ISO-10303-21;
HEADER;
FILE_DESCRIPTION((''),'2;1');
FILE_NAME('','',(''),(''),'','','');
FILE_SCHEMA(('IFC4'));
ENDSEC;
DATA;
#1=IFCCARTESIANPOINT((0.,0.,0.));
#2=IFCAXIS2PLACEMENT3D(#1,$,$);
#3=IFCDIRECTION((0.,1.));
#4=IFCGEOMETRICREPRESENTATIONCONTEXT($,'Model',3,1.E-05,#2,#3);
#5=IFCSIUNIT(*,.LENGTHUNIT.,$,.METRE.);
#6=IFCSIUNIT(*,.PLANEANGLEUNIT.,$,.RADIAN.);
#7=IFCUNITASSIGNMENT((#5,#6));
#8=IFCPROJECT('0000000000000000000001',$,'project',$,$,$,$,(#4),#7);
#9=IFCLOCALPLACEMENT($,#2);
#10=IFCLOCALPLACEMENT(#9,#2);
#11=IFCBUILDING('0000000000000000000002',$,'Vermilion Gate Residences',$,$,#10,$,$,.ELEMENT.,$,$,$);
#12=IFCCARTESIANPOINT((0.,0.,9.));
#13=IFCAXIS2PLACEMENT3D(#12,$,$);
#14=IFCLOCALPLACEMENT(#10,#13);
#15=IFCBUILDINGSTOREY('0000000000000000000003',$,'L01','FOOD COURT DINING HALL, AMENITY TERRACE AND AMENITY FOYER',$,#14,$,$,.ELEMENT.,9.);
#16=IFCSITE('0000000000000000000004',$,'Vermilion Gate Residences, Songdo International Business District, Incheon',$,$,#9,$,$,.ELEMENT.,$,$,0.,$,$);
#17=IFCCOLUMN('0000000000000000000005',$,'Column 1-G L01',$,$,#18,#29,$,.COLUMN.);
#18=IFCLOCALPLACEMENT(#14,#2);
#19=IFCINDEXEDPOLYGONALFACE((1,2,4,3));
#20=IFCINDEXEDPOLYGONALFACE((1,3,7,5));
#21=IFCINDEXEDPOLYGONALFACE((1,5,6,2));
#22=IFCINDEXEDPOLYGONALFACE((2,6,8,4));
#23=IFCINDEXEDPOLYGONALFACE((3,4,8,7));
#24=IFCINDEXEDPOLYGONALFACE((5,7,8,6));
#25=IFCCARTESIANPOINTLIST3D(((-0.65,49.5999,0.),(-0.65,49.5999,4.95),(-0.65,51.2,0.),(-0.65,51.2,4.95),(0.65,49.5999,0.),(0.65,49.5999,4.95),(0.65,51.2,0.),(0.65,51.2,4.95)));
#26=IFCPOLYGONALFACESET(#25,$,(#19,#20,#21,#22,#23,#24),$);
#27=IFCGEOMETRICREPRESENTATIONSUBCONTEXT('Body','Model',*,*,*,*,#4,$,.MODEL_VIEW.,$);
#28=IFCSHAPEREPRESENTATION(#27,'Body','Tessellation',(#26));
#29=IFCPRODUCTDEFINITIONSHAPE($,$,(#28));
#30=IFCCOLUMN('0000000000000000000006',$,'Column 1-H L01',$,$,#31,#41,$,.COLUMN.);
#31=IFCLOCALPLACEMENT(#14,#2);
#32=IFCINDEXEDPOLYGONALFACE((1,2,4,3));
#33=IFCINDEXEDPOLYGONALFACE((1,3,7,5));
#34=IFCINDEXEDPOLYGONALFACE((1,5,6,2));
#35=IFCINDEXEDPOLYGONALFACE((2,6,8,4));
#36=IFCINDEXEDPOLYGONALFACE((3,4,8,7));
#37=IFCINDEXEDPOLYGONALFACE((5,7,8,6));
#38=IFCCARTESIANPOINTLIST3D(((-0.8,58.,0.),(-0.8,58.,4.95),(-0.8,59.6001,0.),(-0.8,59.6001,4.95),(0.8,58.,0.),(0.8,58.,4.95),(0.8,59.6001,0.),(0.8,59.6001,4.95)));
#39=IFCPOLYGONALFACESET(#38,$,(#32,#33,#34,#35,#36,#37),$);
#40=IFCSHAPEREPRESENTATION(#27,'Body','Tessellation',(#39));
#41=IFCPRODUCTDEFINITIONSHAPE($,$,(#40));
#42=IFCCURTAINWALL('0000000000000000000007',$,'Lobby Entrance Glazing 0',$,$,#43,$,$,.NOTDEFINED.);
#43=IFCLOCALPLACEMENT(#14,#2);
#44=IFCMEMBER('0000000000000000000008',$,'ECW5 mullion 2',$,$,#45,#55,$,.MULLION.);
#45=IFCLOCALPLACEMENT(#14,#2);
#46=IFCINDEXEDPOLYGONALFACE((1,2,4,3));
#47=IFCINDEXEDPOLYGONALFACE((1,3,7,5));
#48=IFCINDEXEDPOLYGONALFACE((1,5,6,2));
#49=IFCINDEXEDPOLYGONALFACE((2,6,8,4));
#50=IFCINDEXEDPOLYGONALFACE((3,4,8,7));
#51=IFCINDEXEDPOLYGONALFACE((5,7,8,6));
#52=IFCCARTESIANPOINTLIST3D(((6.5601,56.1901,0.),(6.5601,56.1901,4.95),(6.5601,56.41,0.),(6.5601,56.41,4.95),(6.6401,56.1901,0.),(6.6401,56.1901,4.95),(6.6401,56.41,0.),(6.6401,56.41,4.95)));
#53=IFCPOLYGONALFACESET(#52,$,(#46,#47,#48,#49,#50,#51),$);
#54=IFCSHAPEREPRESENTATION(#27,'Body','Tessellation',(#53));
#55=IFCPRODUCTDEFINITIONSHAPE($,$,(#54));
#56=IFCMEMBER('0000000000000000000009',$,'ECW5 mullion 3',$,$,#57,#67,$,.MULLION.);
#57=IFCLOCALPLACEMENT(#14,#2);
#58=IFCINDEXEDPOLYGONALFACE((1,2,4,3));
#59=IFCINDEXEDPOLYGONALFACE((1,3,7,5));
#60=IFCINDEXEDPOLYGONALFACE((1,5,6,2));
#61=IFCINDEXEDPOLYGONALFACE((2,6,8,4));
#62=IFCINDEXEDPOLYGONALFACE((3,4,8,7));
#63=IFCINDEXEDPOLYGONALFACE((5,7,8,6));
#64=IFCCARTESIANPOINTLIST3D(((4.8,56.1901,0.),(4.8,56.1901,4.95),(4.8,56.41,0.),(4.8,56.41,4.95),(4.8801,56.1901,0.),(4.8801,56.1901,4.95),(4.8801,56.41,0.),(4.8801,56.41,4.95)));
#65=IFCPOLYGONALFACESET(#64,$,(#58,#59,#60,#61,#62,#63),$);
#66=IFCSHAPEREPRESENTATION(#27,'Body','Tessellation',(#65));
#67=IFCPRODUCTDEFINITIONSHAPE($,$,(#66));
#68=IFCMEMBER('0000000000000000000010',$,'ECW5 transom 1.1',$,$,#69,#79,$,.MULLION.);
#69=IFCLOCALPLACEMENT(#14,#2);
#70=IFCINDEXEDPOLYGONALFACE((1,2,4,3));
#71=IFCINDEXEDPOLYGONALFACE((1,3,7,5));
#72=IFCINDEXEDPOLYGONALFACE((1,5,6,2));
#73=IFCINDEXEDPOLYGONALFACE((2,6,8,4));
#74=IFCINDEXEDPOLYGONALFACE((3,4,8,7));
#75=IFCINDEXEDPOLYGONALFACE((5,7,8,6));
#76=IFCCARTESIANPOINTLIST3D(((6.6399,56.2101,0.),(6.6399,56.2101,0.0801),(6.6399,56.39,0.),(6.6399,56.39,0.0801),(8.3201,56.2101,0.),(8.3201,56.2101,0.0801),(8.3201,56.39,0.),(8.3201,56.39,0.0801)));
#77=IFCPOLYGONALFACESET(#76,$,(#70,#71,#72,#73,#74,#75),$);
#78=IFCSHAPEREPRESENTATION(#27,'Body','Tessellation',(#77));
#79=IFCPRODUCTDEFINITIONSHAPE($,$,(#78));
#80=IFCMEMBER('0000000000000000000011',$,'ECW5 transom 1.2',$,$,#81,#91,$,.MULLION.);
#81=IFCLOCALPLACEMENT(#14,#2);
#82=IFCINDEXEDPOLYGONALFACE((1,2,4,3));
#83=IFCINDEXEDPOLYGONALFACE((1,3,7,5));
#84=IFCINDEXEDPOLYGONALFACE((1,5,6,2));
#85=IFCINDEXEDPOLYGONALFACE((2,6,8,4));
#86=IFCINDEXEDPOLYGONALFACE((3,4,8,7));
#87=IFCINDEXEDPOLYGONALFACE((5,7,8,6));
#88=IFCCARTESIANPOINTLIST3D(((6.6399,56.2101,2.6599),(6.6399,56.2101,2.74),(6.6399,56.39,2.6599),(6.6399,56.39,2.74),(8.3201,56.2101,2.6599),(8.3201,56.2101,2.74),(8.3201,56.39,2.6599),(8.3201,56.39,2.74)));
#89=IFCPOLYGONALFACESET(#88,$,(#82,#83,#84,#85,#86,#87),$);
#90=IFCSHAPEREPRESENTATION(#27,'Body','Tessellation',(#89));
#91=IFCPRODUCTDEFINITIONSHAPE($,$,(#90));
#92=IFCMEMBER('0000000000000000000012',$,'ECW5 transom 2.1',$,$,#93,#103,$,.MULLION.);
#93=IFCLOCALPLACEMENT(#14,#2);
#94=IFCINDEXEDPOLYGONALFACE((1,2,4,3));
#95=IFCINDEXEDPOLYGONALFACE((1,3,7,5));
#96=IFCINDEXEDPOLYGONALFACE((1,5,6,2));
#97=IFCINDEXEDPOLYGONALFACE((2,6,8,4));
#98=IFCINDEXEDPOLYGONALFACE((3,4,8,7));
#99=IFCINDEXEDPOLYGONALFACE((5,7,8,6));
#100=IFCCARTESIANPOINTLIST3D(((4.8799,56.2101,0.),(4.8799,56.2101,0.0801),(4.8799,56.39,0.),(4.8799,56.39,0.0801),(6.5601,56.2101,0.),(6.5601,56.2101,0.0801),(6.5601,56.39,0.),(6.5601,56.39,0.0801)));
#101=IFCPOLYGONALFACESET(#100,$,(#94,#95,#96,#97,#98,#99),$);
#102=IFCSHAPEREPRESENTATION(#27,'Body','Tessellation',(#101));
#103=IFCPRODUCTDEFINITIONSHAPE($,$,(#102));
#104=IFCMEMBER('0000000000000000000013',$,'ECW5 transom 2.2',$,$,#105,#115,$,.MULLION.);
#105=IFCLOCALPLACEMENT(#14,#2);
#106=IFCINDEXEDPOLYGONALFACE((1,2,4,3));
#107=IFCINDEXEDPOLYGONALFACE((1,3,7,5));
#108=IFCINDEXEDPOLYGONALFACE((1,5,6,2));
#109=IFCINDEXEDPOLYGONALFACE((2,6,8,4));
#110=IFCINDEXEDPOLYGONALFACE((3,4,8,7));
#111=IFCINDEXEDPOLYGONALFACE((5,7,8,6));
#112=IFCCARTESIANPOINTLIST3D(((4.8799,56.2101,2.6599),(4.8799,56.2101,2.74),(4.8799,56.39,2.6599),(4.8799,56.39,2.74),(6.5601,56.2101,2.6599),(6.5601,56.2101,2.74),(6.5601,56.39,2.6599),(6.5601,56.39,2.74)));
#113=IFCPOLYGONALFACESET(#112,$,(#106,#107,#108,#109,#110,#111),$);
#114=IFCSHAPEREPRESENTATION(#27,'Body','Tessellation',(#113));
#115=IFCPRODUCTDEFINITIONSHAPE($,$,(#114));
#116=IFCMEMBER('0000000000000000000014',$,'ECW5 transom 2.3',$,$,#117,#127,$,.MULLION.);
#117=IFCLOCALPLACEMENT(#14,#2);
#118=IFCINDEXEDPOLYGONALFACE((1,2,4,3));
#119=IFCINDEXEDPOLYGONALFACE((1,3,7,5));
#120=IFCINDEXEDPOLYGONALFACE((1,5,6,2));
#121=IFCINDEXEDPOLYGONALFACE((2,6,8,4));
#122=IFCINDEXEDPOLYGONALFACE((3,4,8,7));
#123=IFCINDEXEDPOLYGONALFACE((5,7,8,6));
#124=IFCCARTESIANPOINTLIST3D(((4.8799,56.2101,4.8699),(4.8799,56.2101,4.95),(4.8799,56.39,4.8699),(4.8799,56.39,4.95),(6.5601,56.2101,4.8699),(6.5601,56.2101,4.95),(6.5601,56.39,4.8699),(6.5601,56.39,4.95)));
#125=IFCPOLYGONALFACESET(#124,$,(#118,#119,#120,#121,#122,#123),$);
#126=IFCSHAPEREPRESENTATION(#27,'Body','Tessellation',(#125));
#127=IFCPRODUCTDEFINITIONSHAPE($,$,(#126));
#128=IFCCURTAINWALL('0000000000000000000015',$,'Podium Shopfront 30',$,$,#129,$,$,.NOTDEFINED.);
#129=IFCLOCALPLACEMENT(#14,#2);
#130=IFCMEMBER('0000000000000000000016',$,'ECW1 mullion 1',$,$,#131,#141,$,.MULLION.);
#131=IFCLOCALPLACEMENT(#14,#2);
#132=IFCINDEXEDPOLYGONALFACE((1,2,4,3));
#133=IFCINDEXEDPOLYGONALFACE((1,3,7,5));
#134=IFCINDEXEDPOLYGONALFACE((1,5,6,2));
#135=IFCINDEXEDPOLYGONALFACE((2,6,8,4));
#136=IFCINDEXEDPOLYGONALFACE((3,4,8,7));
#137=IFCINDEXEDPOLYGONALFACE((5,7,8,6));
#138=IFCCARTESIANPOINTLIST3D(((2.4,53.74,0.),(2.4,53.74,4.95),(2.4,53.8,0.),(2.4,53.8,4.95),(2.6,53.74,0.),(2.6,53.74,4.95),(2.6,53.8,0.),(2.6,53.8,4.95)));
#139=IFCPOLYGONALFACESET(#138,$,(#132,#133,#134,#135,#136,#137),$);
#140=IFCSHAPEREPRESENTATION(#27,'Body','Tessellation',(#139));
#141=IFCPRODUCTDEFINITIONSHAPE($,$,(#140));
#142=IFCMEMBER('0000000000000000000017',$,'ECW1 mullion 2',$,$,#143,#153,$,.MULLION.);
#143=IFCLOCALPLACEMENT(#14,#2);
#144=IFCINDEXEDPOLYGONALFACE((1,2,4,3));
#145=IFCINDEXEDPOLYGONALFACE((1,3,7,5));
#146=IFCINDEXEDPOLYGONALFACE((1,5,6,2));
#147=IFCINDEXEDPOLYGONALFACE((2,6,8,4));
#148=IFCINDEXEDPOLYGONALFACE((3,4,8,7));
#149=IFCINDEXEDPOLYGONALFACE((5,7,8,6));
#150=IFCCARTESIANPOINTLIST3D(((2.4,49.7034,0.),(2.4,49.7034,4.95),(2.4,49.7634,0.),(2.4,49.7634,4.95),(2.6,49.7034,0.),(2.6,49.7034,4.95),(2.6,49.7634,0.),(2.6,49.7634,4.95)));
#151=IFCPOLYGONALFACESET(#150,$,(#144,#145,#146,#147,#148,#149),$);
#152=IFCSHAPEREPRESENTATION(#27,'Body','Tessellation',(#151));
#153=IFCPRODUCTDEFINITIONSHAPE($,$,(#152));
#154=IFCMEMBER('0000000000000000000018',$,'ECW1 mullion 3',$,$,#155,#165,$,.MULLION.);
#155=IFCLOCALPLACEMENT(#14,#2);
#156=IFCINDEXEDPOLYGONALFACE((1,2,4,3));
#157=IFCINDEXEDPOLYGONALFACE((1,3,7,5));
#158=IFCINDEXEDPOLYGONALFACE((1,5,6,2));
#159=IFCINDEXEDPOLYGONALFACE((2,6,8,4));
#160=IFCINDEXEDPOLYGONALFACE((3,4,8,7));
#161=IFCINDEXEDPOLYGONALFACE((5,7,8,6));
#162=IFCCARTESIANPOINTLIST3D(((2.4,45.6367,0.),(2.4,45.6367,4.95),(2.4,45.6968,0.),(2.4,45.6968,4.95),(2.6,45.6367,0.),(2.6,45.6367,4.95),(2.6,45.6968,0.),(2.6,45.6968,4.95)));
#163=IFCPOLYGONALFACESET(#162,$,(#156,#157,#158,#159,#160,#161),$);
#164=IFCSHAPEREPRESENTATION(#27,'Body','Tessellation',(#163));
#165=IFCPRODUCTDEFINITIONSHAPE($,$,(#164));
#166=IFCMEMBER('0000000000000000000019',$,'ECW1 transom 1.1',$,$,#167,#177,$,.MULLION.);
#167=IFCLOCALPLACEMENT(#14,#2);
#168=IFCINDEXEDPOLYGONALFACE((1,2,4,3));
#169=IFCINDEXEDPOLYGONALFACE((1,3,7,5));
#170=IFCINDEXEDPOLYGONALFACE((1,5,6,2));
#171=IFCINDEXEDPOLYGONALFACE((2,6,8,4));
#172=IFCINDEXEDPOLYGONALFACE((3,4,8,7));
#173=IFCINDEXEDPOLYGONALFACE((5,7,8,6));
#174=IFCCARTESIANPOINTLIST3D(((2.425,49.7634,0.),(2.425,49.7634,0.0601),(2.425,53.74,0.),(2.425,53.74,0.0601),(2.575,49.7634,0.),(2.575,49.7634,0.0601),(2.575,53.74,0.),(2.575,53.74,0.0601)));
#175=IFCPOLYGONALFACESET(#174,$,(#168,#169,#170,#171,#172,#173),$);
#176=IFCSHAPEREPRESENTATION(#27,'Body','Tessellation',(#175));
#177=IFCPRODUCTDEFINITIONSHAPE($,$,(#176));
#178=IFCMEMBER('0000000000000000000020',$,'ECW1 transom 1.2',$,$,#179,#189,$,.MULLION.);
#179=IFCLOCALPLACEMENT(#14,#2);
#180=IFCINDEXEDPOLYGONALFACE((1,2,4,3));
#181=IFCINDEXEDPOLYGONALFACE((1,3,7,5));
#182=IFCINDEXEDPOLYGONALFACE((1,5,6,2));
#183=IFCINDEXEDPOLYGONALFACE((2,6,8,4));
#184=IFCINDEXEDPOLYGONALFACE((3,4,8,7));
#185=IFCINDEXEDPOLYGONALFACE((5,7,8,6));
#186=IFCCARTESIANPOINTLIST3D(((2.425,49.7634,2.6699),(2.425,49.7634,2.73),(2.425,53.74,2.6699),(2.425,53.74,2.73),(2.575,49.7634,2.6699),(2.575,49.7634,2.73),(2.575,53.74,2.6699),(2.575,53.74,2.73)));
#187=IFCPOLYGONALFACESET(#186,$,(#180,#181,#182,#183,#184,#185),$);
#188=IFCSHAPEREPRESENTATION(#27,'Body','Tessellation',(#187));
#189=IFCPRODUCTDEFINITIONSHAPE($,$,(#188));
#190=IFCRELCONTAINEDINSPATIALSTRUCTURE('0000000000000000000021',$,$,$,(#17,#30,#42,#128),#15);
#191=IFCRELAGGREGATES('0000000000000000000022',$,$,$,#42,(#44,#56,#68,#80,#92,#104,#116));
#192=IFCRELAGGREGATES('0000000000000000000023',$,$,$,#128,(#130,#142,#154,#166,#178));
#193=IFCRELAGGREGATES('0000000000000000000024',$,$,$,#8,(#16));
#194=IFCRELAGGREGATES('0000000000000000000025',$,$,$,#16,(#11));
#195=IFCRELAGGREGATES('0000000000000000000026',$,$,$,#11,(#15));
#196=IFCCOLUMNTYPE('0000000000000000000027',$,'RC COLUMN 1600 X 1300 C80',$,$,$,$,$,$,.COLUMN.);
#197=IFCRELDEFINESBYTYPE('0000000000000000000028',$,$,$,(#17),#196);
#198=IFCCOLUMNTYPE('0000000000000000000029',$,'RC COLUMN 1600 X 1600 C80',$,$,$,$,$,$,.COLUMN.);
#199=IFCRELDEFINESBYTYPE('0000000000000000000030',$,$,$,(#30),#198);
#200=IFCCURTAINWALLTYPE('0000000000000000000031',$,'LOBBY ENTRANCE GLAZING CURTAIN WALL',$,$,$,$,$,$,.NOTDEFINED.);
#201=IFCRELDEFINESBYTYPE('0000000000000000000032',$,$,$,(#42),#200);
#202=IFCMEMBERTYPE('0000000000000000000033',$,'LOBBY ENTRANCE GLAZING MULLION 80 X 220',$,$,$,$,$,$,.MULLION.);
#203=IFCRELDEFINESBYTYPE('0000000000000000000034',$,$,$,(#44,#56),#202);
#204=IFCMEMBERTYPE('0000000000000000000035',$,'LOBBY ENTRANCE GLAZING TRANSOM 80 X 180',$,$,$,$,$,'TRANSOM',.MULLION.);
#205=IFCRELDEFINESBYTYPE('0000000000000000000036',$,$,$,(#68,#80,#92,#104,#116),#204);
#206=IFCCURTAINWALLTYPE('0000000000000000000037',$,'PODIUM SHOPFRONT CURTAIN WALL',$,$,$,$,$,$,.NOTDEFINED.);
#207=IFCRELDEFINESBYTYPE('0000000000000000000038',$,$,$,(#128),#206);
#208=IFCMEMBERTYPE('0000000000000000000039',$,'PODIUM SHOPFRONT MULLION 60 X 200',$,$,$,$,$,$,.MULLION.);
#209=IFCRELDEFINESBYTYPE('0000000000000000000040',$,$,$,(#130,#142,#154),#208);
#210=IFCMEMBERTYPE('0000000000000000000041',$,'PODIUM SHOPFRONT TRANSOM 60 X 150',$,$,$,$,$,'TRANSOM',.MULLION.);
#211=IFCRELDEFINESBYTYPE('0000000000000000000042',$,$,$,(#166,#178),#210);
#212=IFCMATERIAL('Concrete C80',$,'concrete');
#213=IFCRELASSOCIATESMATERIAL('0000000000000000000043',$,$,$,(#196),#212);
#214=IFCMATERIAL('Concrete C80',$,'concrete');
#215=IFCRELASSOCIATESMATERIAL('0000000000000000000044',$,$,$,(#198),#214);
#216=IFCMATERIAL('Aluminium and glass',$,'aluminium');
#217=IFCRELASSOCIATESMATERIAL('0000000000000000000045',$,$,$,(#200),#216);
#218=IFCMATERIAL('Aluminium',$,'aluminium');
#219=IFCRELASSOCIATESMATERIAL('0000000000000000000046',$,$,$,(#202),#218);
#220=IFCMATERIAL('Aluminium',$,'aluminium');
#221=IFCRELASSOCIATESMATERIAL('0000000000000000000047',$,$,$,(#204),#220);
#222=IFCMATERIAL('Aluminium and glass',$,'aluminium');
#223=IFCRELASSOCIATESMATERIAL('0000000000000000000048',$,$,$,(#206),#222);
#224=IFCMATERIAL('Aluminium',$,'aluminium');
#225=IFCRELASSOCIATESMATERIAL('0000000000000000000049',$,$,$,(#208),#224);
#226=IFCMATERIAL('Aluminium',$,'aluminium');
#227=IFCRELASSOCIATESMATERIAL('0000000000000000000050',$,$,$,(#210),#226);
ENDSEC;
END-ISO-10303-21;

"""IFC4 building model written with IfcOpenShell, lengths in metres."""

from ifc_helpers import new_model, si_unit, direction, frame, origin, origin_2d, place, context, subcontext, project, spatial, rectangle, extrude, material, material_profile, profile_set, type_object, element, aggregate, save


model = new_model("IFC4")

# Units and contexts
model_context = context("Model", 3, precision=1e-05, world=origin(), true_north=direction((0.0, 1.0)))
body_context = subcontext(model_context, "Body", "Model", "MODEL_VIEW")
ifc_project = project(units=[si_unit("LENGTHUNIT", "METRE"), si_unit("PLANEANGLEUNIT", "RADIAN")], contexts=[model_context])

# Site, building, storey
site_placement = place(None, origin())
site = spatial("IfcSite", under=ifc_project, at=site_placement, Name="Vermilion Gate Residences, Songdo International Business District, Incheon", CompositionType="ELEMENT", RefElevation=0.0)
building_placement = place(site_placement, origin())
building = spatial("IfcBuilding", under=site, at=building_placement, Name="Vermilion Gate Residences", CompositionType="ELEMENT")
storey_placement = place(building_placement, frame((0.0, 0.0, 9.0)))
storey = spatial("IfcBuildingStorey", under=building, at=storey_placement, Name="L01", Description="FOOD COURT DINING HALL, AMENITY TERRACE AND AMENITY FOYER", CompositionType="ELEMENT", Elevation=9.0)

# Columns
ifc_material_1 = material(Name="Concrete C80", Category="concrete")
ifc_material_profile_1 = material_profile(ifc_material_1, rectangle(XDim=1.6001, YDim=1.3, at=origin_2d()), Name="RC-1600x1300")
ifc_profile_set_1 = profile_set([ifc_material_profile_1], Name="Concrete C80")
column_type_1 = type_object("IfcColumnType", Name="RC COLUMN 1600 X 1300 C80", PredefinedType="COLUMN", material=ifc_profile_set_1)
column_1_placement = place(storey_placement, frame((0.0, 50.3999, 0.0), z_axis=(0.0, 0.0, 1.0), x_axis=(0.0, 1.0, 0.0)))
element("IfcColumn", 1, at=column_1_placement, inside=storey, type_object=column_type_1, Name="Column 1-G L01", PredefinedType="COLUMN", context=body_context, shape_type="SweptSolid", body=[
    extrude(rectangle(XDim=1.6001, YDim=1.3, at=origin_2d()), origin(), (0.0, 0.0, 1.0), 4.95),
])
ifc_material_2 = material(Name="Concrete C80", Category="concrete")
ifc_material_profile_2 = material_profile(ifc_material_2, rectangle(XDim=1.6001, YDim=1.6001, at=origin_2d()), Name="RC-1600x1600")
ifc_profile_set_2 = profile_set([ifc_material_profile_2], Name="Concrete C80")
column_type_2 = type_object("IfcColumnType", Name="RC COLUMN 1600 X 1600 C80", PredefinedType="COLUMN", material=ifc_profile_set_2)
column_2_placement = place(storey_placement, frame((0.0, 58.8, 0.0), z_axis=(0.0, 0.0, 1.0), x_axis=(1.0, 0.0, 0.0)))
element("IfcColumn", 2, at=column_2_placement, inside=storey, type_object=column_type_2, Name="Column 1-H L01", PredefinedType="COLUMN", context=body_context, shape_type="SweptSolid", body=[
    extrude(rectangle(XDim=1.6001, YDim=1.6001, at=origin_2d()), origin(), (0.0, 0.0, 1.0), 4.95),
])

# Curtain walls, members
ifc_material_3 = material(Name="Aluminium and glass", Category="aluminium")
curtain_wall_type_1 = type_object("IfcCurtainWallType", Name="LOBBY ENTRANCE GLAZING CURTAIN WALL", PredefinedType="NOTDEFINED", material=ifc_material_3)
curtain_wall_1_placement = place(storey_placement, origin())
curtain_wall_1 = element("IfcCurtainWall", 3, at=curtain_wall_1_placement, inside=storey, type_object=curtain_wall_type_1, Name="Lobby Entrance Glazing 0", PredefinedType="NOTDEFINED")
ifc_material_4 = material(Name="Aluminium", Category="aluminium")
ifc_material_profile_3 = material_profile(ifc_material_4, rectangle(XDim=0.22, YDim=0.0801, at=origin_2d()), Name="MULLION 80 X 220")
ifc_profile_set_3 = profile_set([ifc_material_profile_3], Name="Aluminium")
member_type_1 = type_object("IfcMemberType", Name="LOBBY ENTRANCE GLAZING MULLION 80 X 220", PredefinedType="MULLION", material=ifc_profile_set_3)
member_1_placement = place(storey_placement, frame((6.6001, 56.3, 0.0), z_axis=(0.0, 0.0, 1.0), x_axis=(0.0, -1.0, 0.0)))
member_1 = element("IfcMember", 4, at=member_1_placement, type_object=member_type_1, Name="ECW5 mullion 2", PredefinedType="MULLION", context=body_context, shape_type="SweptSolid", body=[
    extrude(rectangle(XDim=0.22, YDim=0.0801, at=origin_2d()), origin(), (0.0, 0.0, 1.0), 4.95),
])
member_2_placement = place(storey_placement, frame((4.8401, 56.3, 0.0), z_axis=(0.0, 0.0, 1.0), x_axis=(0.0, -1.0, 0.0)))
member_2 = element("IfcMember", 5, at=member_2_placement, type_object=member_type_1, Name="ECW5 mullion 3", PredefinedType="MULLION", context=body_context, shape_type="SweptSolid", body=[
    extrude(rectangle(XDim=0.22, YDim=0.0801, at=origin_2d()), origin(), (0.0, 0.0, 1.0), 4.95),
])
ifc_material_5 = material(Name="Aluminium", Category="aluminium")
ifc_material_profile_4 = material_profile(ifc_material_5, rectangle(XDim=0.1799, YDim=0.0801, at=origin_2d()), Name="TRANSOM 80 X 180")
ifc_profile_set_4 = profile_set([ifc_material_profile_4], Name="Aluminium")
member_type_2 = type_object("IfcMemberType", Name="LOBBY ENTRANCE GLAZING TRANSOM 80 X 180", ElementType="TRANSOM", PredefinedType="MULLION", material=ifc_profile_set_4)
member_3_placement = place(storey_placement, frame((8.3201, 56.3, 0.04), z_axis=(-1.0, 0.0, 0.0), x_axis=(0.0, -1.0, 0.0)))
member_3 = element("IfcMember", 6, at=member_3_placement, type_object=member_type_2, Name="ECW5 transom 1.1", PredefinedType="MULLION", context=body_context, shape_type="SweptSolid", body=[
    extrude(rectangle(XDim=0.1799, YDim=0.0801, at=origin_2d()), origin(), (0.0, 0.0, 1.0), 1.6802),
])
member_4_placement = place(storey_placement, frame((8.3201, 56.3, 2.7), z_axis=(-1.0, 0.0, 0.0), x_axis=(0.0, -1.0, 0.0)))
member_4 = element("IfcMember", 7, at=member_4_placement, type_object=member_type_2, Name="ECW5 transom 1.2", PredefinedType="MULLION", context=body_context, shape_type="SweptSolid", body=[
    extrude(rectangle(XDim=0.1799, YDim=0.0801, at=origin_2d()), origin(), (0.0, 0.0, 1.0), 1.6802),
])
member_5_placement = place(storey_placement, frame((6.5601, 56.3, 0.04), z_axis=(-1.0, 0.0, 0.0), x_axis=(0.0, -1.0, 0.0)))
member_5 = element("IfcMember", 8, at=member_5_placement, type_object=member_type_2, Name="ECW5 transom 2.1", PredefinedType="MULLION", context=body_context, shape_type="SweptSolid", body=[
    extrude(rectangle(XDim=0.1799, YDim=0.0801, at=origin_2d()), origin(), (0.0, 0.0, 1.0), 1.6802),
])
member_6_placement = place(storey_placement, frame((6.5601, 56.3, 2.7), z_axis=(-1.0, 0.0, 0.0), x_axis=(0.0, -1.0, 0.0)))
member_6 = element("IfcMember", 9, at=member_6_placement, type_object=member_type_2, Name="ECW5 transom 2.2", PredefinedType="MULLION", context=body_context, shape_type="SweptSolid", body=[
    extrude(rectangle(XDim=0.1799, YDim=0.0801, at=origin_2d()), origin(), (0.0, 0.0, 1.0), 1.6802),
])
member_7_placement = place(storey_placement, frame((6.5601, 56.3, 4.9099), z_axis=(-1.0, 0.0, 0.0), x_axis=(0.0, -1.0, 0.0)))
member_7 = element("IfcMember", 10, at=member_7_placement, type_object=member_type_2, Name="ECW5 transom 2.3", PredefinedType="MULLION", context=body_context, shape_type="SweptSolid", body=[
    extrude(rectangle(XDim=0.1799, YDim=0.0801, at=origin_2d()), origin(), (0.0, 0.0, 1.0), 1.6802),
])
ifc_material_6 = material(Name="Aluminium and glass", Category="aluminium")
curtain_wall_type_2 = type_object("IfcCurtainWallType", Name="PODIUM SHOPFRONT CURTAIN WALL", PredefinedType="NOTDEFINED", material=ifc_material_6)
curtain_wall_2_placement = place(storey_placement, origin())
curtain_wall_2 = element("IfcCurtainWall", 11, at=curtain_wall_2_placement, inside=storey, type_object=curtain_wall_type_2, Name="Podium Shopfront 30", PredefinedType="NOTDEFINED")
ifc_material_7 = material(Name="Aluminium", Category="aluminium")
ifc_material_profile_5 = material_profile(ifc_material_7, rectangle(XDim=0.2, YDim=0.0601, at=origin_2d()), Name="MULLION 60 X 200")
ifc_profile_set_5 = profile_set([ifc_material_profile_5], Name="Aluminium")
member_type_3 = type_object("IfcMemberType", Name="PODIUM SHOPFRONT MULLION 60 X 200", PredefinedType="MULLION", material=ifc_profile_set_5)
member_8_placement = place(storey_placement, frame((2.5, 53.77, 0.0), z_axis=(0.0, 0.0, 1.0), x_axis=(1.0, 0.0, 0.0)))
member_8 = element("IfcMember", 12, at=member_8_placement, type_object=member_type_3, Name="ECW1 mullion 1", PredefinedType="MULLION", context=body_context, shape_type="SweptSolid", body=[
    extrude(rectangle(XDim=0.2, YDim=0.0601, at=origin_2d()), origin(), (0.0, 0.0, 1.0), 4.95),
])
member_9_placement = place(storey_placement, frame((2.5, 49.7334, 0.0), z_axis=(0.0, 0.0, 1.0), x_axis=(1.0, 0.0, 0.0)))
member_9 = element("IfcMember", 13, at=member_9_placement, type_object=member_type_3, Name="ECW1 mullion 2", PredefinedType="MULLION", context=body_context, shape_type="SweptSolid", body=[
    extrude(rectangle(XDim=0.2, YDim=0.0601, at=origin_2d()), origin(), (0.0, 0.0, 1.0), 4.95),
])
member_10_placement = place(storey_placement, frame((2.5, 45.6667, 0.0), z_axis=(0.0, 0.0, 1.0), x_axis=(1.0, 0.0, 0.0)))
member_10 = element("IfcMember", 14, at=member_10_placement, type_object=member_type_3, Name="ECW1 mullion 3", PredefinedType="MULLION", context=body_context, shape_type="SweptSolid", body=[
    extrude(rectangle(XDim=0.2, YDim=0.0601, at=origin_2d()), origin(), (0.0, 0.0, 1.0), 4.95),
])
ifc_material_8 = material(Name="Aluminium", Category="aluminium")
ifc_material_profile_6 = material_profile(ifc_material_8, rectangle(XDim=0.1499, YDim=0.0601, at=origin_2d()), Name="TRANSOM 60 X 150")
ifc_profile_set_6 = profile_set([ifc_material_profile_6], Name="Aluminium")
member_type_4 = type_object("IfcMemberType", Name="PODIUM SHOPFRONT TRANSOM 60 X 150", ElementType="TRANSOM", PredefinedType="MULLION", material=ifc_profile_set_6)
member_11_placement = place(storey_placement, frame((2.5, 53.74, 0.03), z_axis=(0.0, -1.0, 0.0), x_axis=(1.0, 0.0, 0.0)))
member_11 = element("IfcMember", 15, at=member_11_placement, type_object=member_type_4, Name="ECW1 transom 1.1", PredefinedType="MULLION", context=body_context, shape_type="SweptSolid", body=[
    extrude(rectangle(XDim=0.1499, YDim=0.0601, at=origin_2d()), origin(), (0.0, 0.0, 1.0), 3.9766),
])
member_12_placement = place(storey_placement, frame((2.5, 53.74, 2.7), z_axis=(0.0, -1.0, 0.0), x_axis=(1.0, 0.0, 0.0)))
member_12 = element("IfcMember", 16, at=member_12_placement, type_object=member_type_4, Name="ECW1 transom 1.2", PredefinedType="MULLION", context=body_context, shape_type="SweptSolid", body=[
    extrude(rectangle(XDim=0.1499, YDim=0.0601, at=origin_2d()), origin(), (0.0, 0.0, 1.0), 3.9766),
])

aggregate(curtain_wall_1, [member_1, member_2, member_3, member_4, member_5, member_6, member_7])
aggregate(curtain_wall_2, [member_8, member_9, member_10, member_11, member_12])

save(model, "model.ifc")
